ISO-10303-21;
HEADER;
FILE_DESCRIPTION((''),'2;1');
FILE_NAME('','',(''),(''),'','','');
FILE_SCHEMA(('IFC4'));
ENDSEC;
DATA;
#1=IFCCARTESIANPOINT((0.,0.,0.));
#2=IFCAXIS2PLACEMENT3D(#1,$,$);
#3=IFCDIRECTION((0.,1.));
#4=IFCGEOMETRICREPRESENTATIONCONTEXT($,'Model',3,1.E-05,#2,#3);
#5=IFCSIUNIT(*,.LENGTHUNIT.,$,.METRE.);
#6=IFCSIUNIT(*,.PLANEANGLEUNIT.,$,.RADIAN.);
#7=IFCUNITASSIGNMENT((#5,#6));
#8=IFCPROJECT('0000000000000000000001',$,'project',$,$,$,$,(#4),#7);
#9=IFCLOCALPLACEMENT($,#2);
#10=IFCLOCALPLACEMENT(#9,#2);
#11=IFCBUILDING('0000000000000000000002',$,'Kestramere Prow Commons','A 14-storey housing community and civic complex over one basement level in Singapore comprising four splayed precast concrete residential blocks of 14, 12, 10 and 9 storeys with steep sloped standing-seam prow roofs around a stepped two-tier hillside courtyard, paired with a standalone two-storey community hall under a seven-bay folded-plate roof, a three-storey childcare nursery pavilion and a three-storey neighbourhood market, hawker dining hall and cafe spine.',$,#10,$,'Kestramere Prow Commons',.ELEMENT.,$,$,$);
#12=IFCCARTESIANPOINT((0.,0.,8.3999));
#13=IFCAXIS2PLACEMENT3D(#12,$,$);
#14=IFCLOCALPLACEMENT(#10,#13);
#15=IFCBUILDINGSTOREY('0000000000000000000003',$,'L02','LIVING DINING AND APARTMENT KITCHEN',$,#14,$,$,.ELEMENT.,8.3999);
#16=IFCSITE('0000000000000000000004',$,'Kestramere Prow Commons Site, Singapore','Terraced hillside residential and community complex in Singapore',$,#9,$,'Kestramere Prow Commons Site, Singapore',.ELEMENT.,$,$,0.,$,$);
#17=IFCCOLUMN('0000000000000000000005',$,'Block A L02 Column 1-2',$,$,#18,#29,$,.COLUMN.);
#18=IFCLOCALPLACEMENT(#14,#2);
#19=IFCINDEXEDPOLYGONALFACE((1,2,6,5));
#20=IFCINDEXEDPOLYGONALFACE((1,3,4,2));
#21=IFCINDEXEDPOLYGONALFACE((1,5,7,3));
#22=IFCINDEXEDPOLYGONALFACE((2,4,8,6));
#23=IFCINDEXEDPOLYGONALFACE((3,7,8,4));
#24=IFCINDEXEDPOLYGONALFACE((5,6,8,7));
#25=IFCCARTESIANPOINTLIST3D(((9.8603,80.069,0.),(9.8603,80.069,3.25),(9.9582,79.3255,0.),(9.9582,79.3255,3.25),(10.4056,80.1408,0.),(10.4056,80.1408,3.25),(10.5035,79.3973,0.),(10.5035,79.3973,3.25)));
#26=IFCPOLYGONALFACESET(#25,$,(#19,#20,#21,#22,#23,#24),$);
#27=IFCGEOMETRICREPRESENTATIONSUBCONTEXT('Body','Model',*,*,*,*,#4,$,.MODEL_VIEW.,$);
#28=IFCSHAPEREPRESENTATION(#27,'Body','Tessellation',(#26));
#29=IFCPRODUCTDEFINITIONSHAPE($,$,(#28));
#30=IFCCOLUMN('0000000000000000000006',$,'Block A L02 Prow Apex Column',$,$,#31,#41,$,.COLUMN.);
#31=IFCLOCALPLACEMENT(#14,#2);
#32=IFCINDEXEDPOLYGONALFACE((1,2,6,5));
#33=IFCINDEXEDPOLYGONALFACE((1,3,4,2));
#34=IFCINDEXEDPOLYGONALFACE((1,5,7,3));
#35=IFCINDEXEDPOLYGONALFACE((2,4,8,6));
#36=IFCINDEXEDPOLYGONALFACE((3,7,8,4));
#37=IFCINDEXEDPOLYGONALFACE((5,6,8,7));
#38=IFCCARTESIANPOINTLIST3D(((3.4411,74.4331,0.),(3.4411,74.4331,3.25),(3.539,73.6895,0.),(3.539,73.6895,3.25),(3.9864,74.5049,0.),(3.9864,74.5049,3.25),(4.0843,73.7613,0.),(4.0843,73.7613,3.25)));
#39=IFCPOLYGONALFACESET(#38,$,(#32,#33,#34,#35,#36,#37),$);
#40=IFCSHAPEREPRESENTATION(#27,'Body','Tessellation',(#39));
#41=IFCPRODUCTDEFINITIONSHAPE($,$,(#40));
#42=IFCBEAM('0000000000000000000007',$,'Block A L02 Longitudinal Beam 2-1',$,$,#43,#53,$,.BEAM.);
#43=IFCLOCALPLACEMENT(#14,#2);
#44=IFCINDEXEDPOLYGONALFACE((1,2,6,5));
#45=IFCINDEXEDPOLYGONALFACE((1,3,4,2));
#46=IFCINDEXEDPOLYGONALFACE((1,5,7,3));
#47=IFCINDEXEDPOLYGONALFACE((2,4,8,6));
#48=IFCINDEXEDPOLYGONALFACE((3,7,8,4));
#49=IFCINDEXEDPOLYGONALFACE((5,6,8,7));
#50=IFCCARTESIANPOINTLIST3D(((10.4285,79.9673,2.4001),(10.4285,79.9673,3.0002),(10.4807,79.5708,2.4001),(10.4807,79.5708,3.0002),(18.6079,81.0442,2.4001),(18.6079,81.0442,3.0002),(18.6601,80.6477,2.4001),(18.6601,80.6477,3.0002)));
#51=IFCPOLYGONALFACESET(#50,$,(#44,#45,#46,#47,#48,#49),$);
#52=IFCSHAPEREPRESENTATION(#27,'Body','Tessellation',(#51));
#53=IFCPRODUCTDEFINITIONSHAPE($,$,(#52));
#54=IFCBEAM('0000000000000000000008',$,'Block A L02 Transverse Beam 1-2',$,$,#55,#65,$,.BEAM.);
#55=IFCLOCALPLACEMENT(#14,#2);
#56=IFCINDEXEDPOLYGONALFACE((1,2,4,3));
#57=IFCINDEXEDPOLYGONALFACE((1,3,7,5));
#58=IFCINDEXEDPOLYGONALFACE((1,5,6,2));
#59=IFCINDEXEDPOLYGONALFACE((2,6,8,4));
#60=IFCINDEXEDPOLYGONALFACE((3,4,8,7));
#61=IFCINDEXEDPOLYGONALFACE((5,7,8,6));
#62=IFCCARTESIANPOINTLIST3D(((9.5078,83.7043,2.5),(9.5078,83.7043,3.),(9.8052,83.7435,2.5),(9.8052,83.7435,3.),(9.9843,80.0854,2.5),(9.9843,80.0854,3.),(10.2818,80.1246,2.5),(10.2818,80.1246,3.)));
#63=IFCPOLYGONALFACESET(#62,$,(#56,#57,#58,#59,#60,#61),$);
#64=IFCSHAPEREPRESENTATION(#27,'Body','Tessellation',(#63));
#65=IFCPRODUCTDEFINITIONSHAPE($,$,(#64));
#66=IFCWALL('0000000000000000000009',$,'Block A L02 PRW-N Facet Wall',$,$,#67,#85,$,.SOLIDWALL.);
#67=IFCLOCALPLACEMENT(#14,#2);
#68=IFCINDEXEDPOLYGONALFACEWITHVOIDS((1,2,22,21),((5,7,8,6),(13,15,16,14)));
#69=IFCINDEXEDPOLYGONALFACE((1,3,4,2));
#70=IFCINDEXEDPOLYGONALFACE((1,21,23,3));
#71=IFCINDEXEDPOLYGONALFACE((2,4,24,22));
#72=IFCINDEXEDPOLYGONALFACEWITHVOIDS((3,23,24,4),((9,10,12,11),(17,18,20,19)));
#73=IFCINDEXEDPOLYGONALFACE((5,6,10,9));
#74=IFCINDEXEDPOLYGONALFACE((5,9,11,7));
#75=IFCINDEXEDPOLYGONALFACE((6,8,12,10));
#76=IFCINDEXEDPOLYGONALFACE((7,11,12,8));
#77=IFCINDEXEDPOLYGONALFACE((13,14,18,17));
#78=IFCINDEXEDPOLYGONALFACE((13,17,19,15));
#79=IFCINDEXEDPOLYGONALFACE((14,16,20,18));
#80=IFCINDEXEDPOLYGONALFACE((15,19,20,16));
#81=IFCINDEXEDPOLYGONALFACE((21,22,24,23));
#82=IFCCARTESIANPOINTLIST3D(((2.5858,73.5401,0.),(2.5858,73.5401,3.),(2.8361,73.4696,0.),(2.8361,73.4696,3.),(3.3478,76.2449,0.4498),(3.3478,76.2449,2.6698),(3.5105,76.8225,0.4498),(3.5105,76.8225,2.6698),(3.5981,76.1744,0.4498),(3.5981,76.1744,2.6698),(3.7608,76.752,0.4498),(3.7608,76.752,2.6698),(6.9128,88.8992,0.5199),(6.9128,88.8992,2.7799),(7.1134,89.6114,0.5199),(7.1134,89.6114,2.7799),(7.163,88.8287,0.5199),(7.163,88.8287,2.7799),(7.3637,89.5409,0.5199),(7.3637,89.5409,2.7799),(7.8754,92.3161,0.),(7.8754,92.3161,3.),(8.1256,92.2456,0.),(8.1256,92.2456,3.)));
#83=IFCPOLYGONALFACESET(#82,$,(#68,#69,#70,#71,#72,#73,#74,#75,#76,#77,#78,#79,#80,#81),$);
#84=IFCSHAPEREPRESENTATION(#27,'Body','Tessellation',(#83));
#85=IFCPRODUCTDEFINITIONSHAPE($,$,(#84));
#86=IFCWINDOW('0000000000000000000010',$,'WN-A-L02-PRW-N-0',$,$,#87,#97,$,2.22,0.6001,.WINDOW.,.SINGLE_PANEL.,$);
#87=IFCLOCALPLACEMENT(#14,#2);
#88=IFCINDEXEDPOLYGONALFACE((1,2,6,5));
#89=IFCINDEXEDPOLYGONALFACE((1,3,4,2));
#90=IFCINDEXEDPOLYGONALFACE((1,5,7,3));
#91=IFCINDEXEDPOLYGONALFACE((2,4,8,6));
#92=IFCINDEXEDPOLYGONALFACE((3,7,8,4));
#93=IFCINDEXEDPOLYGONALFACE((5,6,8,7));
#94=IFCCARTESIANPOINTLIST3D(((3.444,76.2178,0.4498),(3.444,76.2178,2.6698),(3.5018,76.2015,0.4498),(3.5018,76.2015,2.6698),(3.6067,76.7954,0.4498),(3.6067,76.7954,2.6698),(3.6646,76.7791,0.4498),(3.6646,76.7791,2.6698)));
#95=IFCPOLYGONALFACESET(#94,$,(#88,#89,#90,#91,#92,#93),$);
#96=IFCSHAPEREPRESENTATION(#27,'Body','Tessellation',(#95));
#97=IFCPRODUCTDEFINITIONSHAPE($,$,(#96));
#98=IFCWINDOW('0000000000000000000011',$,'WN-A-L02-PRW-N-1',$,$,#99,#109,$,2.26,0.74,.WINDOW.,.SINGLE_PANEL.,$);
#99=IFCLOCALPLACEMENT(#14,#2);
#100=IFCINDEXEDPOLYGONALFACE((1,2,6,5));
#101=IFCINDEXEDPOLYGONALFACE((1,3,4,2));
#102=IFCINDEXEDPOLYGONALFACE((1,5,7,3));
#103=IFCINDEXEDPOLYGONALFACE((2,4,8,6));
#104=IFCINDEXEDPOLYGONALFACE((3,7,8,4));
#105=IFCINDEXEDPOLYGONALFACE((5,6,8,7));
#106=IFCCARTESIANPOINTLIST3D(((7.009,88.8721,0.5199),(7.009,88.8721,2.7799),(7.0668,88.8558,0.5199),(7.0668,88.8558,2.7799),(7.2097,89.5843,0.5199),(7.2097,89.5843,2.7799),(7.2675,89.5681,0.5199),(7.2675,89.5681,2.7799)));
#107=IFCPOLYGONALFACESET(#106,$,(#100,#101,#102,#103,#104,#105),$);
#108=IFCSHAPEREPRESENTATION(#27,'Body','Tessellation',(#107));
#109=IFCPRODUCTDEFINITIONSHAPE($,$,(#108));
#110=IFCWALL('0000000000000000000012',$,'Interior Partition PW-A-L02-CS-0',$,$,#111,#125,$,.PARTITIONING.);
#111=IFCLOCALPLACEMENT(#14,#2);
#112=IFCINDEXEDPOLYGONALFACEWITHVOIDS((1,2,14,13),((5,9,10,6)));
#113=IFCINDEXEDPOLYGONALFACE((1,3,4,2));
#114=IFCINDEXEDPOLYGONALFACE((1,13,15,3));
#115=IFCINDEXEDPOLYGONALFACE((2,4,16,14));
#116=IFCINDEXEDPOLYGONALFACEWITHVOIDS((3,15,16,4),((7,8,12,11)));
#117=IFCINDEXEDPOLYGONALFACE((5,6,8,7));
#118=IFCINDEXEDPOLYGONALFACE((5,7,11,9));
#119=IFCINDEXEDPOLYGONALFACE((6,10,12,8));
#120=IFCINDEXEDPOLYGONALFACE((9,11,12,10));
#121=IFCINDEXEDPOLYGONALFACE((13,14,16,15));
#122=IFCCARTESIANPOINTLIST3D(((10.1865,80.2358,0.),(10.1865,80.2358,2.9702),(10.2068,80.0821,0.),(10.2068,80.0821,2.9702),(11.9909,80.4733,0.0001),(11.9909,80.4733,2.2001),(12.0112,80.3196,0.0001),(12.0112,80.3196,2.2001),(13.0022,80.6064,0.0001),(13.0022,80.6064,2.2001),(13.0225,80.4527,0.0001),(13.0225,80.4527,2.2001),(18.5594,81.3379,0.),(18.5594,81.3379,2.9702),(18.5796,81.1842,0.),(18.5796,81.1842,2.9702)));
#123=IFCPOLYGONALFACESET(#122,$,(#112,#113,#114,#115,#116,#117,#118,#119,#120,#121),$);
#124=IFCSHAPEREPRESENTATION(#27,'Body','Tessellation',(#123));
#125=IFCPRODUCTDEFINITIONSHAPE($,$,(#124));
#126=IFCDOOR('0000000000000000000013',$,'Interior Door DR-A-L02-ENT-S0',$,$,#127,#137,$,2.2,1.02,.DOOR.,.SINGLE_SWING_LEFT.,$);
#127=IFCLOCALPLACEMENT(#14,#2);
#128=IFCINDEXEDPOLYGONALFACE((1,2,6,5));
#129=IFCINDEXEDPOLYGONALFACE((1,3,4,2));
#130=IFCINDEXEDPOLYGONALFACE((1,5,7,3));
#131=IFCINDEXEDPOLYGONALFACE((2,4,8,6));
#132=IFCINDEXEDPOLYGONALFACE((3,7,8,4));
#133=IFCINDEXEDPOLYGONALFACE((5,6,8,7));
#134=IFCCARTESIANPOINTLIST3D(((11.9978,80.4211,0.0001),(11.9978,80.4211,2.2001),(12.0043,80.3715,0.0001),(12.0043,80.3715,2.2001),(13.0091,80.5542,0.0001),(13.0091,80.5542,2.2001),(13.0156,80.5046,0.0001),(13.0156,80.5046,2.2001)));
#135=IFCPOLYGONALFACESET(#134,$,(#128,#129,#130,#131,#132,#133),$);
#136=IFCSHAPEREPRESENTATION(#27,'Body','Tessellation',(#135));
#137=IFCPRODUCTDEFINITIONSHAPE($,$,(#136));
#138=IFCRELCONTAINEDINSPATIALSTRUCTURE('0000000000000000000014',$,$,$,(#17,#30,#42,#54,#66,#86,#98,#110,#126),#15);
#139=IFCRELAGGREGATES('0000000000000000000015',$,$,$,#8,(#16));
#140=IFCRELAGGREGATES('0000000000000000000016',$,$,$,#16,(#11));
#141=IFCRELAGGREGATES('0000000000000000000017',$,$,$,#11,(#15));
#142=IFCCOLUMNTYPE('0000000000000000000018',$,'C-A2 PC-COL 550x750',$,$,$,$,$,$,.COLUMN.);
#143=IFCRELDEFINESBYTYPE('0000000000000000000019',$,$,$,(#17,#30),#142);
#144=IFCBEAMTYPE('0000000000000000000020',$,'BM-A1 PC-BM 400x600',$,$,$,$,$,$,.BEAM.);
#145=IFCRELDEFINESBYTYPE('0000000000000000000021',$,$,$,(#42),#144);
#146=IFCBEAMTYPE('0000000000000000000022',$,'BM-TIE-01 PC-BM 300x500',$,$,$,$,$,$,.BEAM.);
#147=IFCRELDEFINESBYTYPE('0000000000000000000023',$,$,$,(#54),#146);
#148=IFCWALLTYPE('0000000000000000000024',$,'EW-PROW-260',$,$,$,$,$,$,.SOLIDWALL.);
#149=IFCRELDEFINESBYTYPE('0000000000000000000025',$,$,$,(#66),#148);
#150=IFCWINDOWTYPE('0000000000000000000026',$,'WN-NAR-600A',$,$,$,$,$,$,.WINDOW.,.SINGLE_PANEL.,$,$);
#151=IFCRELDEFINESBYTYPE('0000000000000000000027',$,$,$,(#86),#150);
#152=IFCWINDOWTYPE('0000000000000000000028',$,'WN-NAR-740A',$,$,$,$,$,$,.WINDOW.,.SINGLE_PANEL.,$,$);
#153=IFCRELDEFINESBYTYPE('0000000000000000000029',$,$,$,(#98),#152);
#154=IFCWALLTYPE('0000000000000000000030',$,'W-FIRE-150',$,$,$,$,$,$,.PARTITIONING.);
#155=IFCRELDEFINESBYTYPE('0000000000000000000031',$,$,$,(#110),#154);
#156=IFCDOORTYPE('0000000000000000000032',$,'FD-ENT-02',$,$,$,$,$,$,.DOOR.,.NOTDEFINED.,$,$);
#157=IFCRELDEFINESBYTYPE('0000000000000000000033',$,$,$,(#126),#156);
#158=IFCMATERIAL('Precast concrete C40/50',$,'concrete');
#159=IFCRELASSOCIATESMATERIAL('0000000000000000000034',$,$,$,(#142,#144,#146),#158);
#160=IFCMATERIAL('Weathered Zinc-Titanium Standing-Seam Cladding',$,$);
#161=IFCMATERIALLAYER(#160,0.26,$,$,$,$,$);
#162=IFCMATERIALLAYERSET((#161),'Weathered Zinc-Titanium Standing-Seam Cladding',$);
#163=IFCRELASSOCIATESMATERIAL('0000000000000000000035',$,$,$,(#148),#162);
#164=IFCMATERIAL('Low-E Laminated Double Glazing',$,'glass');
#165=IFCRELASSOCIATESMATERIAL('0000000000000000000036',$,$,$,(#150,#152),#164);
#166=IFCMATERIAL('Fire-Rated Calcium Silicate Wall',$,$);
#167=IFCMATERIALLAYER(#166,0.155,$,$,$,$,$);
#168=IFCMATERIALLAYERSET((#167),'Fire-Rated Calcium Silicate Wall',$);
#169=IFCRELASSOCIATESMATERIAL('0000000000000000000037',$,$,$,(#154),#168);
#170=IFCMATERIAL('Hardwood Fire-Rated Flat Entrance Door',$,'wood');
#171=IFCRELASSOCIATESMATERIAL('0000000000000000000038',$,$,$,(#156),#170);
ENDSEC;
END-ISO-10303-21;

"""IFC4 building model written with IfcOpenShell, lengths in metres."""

from ifc_helpers import new_model, si_unit, direction, frame, frame_2d, origin, origin_2d, place, context, subcontext, project, spatial, rectangle, extrude, material, layer, layer_set, material_profile, profile_set, type_object, element, fill, save


model = new_model("IFC4")

# Units and contexts
model_context = context("Model", 3, precision=1e-05, world=origin(), true_north=direction((0.0, 1.0)))
body_context = subcontext(model_context, "Body", "Model", "MODEL_VIEW")
ifc_project = project(units=[si_unit("LENGTHUNIT", "METRE"), si_unit("PLANEANGLEUNIT", "RADIAN")], contexts=[model_context])

# Site, building, storey
site_placement = place(None, origin())
site = spatial("IfcSite", under=ifc_project, at=site_placement, Name="Kestramere Prow Commons Site, Singapore", Description="Terraced hillside residential and community complex in Singapore", LongName="Kestramere Prow Commons Site, Singapore", CompositionType="ELEMENT", RefElevation=0.0)
building_placement = place(site_placement, origin())
building = spatial("IfcBuilding", under=site, at=building_placement, Name="Kestramere Prow Commons", Description="A 14-storey housing community and civic complex over one basement level in Singapore comprising four splayed precast concrete residential blocks of 14, 12, 10 and 9 storeys with steep sloped standing-seam prow roofs around a stepped two-tier hillside courtyard, paired with a standalone two-storey community hall under a seven-bay folded-plate roof, a three-storey childcare nursery pavilion and a three-storey neighbourhood market, hawker dining hall and cafe spine.", LongName="Kestramere Prow Commons", CompositionType="ELEMENT")
storey_placement = place(building_placement, frame((0.0, 0.0, 8.3999)))
storey = spatial("IfcBuildingStorey", under=building, at=storey_placement, Name="L02", Description="LIVING DINING AND APARTMENT KITCHEN", CompositionType="ELEMENT", Elevation=8.3999)

# Columns
ifc_material_1 = material(Name="Precast concrete C40/50", Category="concrete")
ifc_material_profile_1 = material_profile(ifc_material_1, rectangle(XDim=0.55, YDim=0.75, at=origin_2d()), Name="PC-COL 550x750")
ifc_profile_set_1 = profile_set([ifc_material_profile_1], Name="Precast concrete C40/50")
column_type = type_object("IfcColumnType", Name="C-A2 PC-COL 550x750", PredefinedType="COLUMN", material=ifc_profile_set_1)
for number, where, z_axis, x_axis, name in (
    (1, (10.1819, 79.7332, 0.0), (0.0, 0.0, 1.0), (0.991445, 0.130526, 0.0), "Block A L02 Column 1-2"),
    (2, (3.7627, 74.0972, 0.0), (0.0, 0.0, 1.0), (0.991445, 0.130526, 0.0), "Block A L02 Prow Apex Column"),
):
    element("IfcColumn", number, at=place(storey_placement, frame(where, z_axis=z_axis, x_axis=x_axis)), inside=storey, type_object=column_type, Name=name, PredefinedType="COLUMN", context=body_context, shape_type="SweptSolid", body=[
        extrude(rectangle(XDim=0.55, YDim=0.75, at=origin_2d()), origin(), (0.0, 0.0, 1.0), 3.25),
    ])

# Beams
ifc_material_profile_2 = material_profile(ifc_material_1, rectangle(XDim=0.3999, YDim=0.6001, at=origin_2d()), Name="PC-BM 400x600")
ifc_profile_set_2 = profile_set([ifc_material_profile_2], Name="Precast concrete C40/50")
beam_type_1 = type_object("IfcBeamType", Name="BM-A1 PC-BM 400x600", PredefinedType="BEAM", material=ifc_profile_set_2)
beam_1_placement = place(storey_placement, frame((10.4546, 79.769, 2.7002), z_axis=(0.991444, 0.130533, 0.0), x_axis=(-0.130533, 0.991444, 0.0)))
element("IfcBeam", 3, at=beam_1_placement, inside=storey, type_object=beam_type_1, Name="Block A L02 Longitudinal Beam 2-1", PredefinedType="BEAM", context=body_context, shape_type="SweptSolid", body=[
    extrude(rectangle(XDim=0.3999, YDim=0.6001, at=origin_2d()), origin(), (0.0, 0.0, 1.0), 8.25),
])
ifc_material_profile_3 = material_profile(ifc_material_1, rectangle(XDim=0.3, YDim=0.5, at=origin_2d()), Name="PC-BM 300x500")
ifc_profile_set_3 = profile_set([ifc_material_profile_3], Name="Precast concrete C40/50")
beam_type_2 = type_object("IfcBeamType", Name="BM-TIE-01 PC-BM 300x500", PredefinedType="BEAM", material=ifc_profile_set_3)
beam_2_placement = place(storey_placement, frame((10.1331, 80.105, 2.75), z_axis=(-0.13056, 0.99144, 0.0), x_axis=(-0.99144, -0.13056, 0.0)))
element("IfcBeam", 4, at=beam_2_placement, inside=storey, type_object=beam_type_2, Name="Block A L02 Transverse Beam 1-2", PredefinedType="BEAM", context=body_context, shape_type="SweptSolid", body=[
    extrude(rectangle(XDim=0.3, YDim=0.5, at=origin_2d()), origin(), (0.0, 0.0, 1.0), 3.6501),
])

# Wall, openings, windows
ifc_material_2 = material(Name="Weathered Zinc-Titanium Standing-Seam Cladding")
ifc_layer_1 = layer(ifc_material_2, 0.26)
ifc_layer_set_1 = layer_set([ifc_layer_1], Name="Weathered Zinc-Titanium Standing-Seam Cladding")
wall_type_1 = type_object("IfcWallType", Name="EW-PROW-260", PredefinedType="SOLIDWALL", material=ifc_layer_set_1)
wall_1_placement = place(storey_placement, frame((2.7109, 73.5049, 0.0), z_axis=(0.0, 0.0, 1.0), x_axis=(0.271165, 0.962533, 0.0)))
wall_1 = element("IfcWall", 5, at=wall_1_placement, inside=storey, type_object=wall_type_1, Name="Block A L02 PRW-N Facet Wall", PredefinedType="SOLIDWALL", context=body_context, shape_type="SweptSolid", body=[
    extrude(rectangle(XDim=19.5068, YDim=0.26, at=frame_2d((9.7534, 0.0))), origin(), (0.0, 0.0, 1.0), 3.0),
])
opening_1_placement = place(wall_1_placement, frame((2.8101, 0.0, 0.45)))
opening_1 = element("IfcOpeningElement", 6, at=opening_1_placement, cuts=wall_1, PredefinedType="OPENING", context=body_context, shape_type="SweptSolid", body=[
    extrude(rectangle(XDim=0.6001, YDim=2.22, at=frame_2d((0.3, 1.1099))), frame((0.0, 0.145, 0.0), z_axis=(0.0, -1.0, 0.0), x_axis=(1.0, 0.0, 0.0)), (0.0, 0.0, 1.0), 0.29),
])
opening_2_placement = place(wall_1_placement, frame((15.9568, 0.0, 0.52)))
opening_2 = element("IfcOpeningElement", 7, at=opening_2_placement, cuts=wall_1, PredefinedType="OPENING", context=body_context, shape_type="SweptSolid", body=[
    extrude(rectangle(XDim=0.74, YDim=2.26, at=frame_2d((0.3701, 1.1299))), frame((0.0, 0.145, 0.0), z_axis=(0.0, -1.0, 0.0), x_axis=(1.0, 0.0, 0.0)), (0.0, 0.0, 1.0), 0.29),
])
ifc_material_3 = material(Name="Low-E Laminated Double Glazing", Category="glass")
window_type_1 = type_object("IfcWindowType", Name="WN-NAR-600A", PartitioningType="SINGLE_PANEL", PredefinedType="WINDOW", material=ifc_material_3)
window_1_placement = place(opening_1_placement, origin())
window_1 = element("IfcWindow", 8, at=window_1_placement, inside=storey, type_object=window_type_1, Name="WN-A-L02-PRW-N-0", OverallHeight=2.22, OverallWidth=0.6001, PartitioningType="SINGLE_PANEL", PredefinedType="WINDOW", context=body_context, shape_type="SweptSolid", body=[
    extrude(rectangle(XDim=0.6001, YDim=2.22, at=frame_2d((0.3, 1.1099))), frame((0.0, 0.03, 0.0), z_axis=(0.0, -1.0, 0.0), x_axis=(1.0, 0.0, 0.0)), (0.0, 0.0, 1.0), 0.0601),
])
fill(opening_1, window_1)
window_type_2 = type_object("IfcWindowType", Name="WN-NAR-740A", PartitioningType="SINGLE_PANEL", PredefinedType="WINDOW", material=ifc_material_3)
window_2_placement = place(opening_2_placement, origin())
window_2 = element("IfcWindow", 9, at=window_2_placement, inside=storey, type_object=window_type_2, Name="WN-A-L02-PRW-N-1", OverallHeight=2.26, OverallWidth=0.74, PartitioningType="SINGLE_PANEL", PredefinedType="WINDOW", context=body_context, shape_type="SweptSolid", body=[
    extrude(rectangle(XDim=0.74, YDim=2.26, at=frame_2d((0.3701, 1.1299))), frame((0.0, 0.03, 0.0), z_axis=(0.0, -1.0, 0.0), x_axis=(1.0, 0.0, 0.0)), (0.0, 0.0, 1.0), 0.0601),
])
fill(opening_2, window_2)

# Wall, opening, door
ifc_material_4 = material(Name="Fire-Rated Calcium Silicate Wall")
ifc_layer_2 = layer(ifc_material_4, 0.155)
ifc_layer_set_2 = layer_set([ifc_layer_2], Name="Fire-Rated Calcium Silicate Wall")
wall_type_2 = type_object("IfcWallType", Name="W-FIRE-150", PredefinedType="PARTITIONING", material=ifc_layer_set_2)
wall_2_placement = place(storey_placement, frame((10.1965, 80.1589, 0.0), z_axis=(0.0, 0.0, 1.0), x_axis=(0.991449, 0.130497, 0.0)))
wall_2 = element("IfcWall", 10, at=wall_2_placement, inside=storey, type_object=wall_type_2, Name="Interior Partition PW-A-L02-CS-0", PredefinedType="PARTITIONING", context=body_context, shape_type="SweptSolid", body=[
    extrude(rectangle(XDim=8.4451, YDim=0.155, at=frame_2d((4.2227, 0.0))), origin(), (0.0, 0.0, 1.0), 2.9702),
])
opening_3_placement = place(wall_2_placement, frame((1.8201, 0.0, 0.0)))
opening_3 = element("IfcOpeningElement", 11, at=opening_3_placement, cuts=wall_2, PredefinedType="OPENING", context=body_context, shape_type="SweptSolid", body=[
    extrude(rectangle(XDim=1.02, YDim=2.2, at=frame_2d((0.51, 1.1001))), frame((0.0, 0.0925, 0.0), z_axis=(0.0, -1.0, 0.0), x_axis=(1.0, 0.0, 0.0)), (0.0, 0.0, 1.0), 0.1851),
])
ifc_material_5 = material(Name="Hardwood Fire-Rated Flat Entrance Door", Category="wood")
door_type_1 = type_object("IfcDoorType", Name="FD-ENT-02", OperationType="NOTDEFINED", PredefinedType="DOOR", material=ifc_material_5)
door_1_placement = place(opening_3_placement, origin())
door_1 = element("IfcDoor", 12, at=door_1_placement, inside=storey, type_object=door_type_1, Name="Interior Door DR-A-L02-ENT-S0", OperationType="SINGLE_SWING_LEFT", OverallHeight=2.2, OverallWidth=1.02, PredefinedType="DOOR", context=body_context, shape_type="SweptSolid", body=[
    extrude(rectangle(XDim=1.02, YDim=2.2, at=frame_2d((0.51, 1.1001))), frame((0.0, 0.0249, 0.0), z_axis=(0.0, -1.0, 0.0), x_axis=(1.0, 0.0, 0.0)), (0.0, 0.0, 1.0), 0.05),
])
fill(opening_3, door_1)

save(model, "model.ifc")
